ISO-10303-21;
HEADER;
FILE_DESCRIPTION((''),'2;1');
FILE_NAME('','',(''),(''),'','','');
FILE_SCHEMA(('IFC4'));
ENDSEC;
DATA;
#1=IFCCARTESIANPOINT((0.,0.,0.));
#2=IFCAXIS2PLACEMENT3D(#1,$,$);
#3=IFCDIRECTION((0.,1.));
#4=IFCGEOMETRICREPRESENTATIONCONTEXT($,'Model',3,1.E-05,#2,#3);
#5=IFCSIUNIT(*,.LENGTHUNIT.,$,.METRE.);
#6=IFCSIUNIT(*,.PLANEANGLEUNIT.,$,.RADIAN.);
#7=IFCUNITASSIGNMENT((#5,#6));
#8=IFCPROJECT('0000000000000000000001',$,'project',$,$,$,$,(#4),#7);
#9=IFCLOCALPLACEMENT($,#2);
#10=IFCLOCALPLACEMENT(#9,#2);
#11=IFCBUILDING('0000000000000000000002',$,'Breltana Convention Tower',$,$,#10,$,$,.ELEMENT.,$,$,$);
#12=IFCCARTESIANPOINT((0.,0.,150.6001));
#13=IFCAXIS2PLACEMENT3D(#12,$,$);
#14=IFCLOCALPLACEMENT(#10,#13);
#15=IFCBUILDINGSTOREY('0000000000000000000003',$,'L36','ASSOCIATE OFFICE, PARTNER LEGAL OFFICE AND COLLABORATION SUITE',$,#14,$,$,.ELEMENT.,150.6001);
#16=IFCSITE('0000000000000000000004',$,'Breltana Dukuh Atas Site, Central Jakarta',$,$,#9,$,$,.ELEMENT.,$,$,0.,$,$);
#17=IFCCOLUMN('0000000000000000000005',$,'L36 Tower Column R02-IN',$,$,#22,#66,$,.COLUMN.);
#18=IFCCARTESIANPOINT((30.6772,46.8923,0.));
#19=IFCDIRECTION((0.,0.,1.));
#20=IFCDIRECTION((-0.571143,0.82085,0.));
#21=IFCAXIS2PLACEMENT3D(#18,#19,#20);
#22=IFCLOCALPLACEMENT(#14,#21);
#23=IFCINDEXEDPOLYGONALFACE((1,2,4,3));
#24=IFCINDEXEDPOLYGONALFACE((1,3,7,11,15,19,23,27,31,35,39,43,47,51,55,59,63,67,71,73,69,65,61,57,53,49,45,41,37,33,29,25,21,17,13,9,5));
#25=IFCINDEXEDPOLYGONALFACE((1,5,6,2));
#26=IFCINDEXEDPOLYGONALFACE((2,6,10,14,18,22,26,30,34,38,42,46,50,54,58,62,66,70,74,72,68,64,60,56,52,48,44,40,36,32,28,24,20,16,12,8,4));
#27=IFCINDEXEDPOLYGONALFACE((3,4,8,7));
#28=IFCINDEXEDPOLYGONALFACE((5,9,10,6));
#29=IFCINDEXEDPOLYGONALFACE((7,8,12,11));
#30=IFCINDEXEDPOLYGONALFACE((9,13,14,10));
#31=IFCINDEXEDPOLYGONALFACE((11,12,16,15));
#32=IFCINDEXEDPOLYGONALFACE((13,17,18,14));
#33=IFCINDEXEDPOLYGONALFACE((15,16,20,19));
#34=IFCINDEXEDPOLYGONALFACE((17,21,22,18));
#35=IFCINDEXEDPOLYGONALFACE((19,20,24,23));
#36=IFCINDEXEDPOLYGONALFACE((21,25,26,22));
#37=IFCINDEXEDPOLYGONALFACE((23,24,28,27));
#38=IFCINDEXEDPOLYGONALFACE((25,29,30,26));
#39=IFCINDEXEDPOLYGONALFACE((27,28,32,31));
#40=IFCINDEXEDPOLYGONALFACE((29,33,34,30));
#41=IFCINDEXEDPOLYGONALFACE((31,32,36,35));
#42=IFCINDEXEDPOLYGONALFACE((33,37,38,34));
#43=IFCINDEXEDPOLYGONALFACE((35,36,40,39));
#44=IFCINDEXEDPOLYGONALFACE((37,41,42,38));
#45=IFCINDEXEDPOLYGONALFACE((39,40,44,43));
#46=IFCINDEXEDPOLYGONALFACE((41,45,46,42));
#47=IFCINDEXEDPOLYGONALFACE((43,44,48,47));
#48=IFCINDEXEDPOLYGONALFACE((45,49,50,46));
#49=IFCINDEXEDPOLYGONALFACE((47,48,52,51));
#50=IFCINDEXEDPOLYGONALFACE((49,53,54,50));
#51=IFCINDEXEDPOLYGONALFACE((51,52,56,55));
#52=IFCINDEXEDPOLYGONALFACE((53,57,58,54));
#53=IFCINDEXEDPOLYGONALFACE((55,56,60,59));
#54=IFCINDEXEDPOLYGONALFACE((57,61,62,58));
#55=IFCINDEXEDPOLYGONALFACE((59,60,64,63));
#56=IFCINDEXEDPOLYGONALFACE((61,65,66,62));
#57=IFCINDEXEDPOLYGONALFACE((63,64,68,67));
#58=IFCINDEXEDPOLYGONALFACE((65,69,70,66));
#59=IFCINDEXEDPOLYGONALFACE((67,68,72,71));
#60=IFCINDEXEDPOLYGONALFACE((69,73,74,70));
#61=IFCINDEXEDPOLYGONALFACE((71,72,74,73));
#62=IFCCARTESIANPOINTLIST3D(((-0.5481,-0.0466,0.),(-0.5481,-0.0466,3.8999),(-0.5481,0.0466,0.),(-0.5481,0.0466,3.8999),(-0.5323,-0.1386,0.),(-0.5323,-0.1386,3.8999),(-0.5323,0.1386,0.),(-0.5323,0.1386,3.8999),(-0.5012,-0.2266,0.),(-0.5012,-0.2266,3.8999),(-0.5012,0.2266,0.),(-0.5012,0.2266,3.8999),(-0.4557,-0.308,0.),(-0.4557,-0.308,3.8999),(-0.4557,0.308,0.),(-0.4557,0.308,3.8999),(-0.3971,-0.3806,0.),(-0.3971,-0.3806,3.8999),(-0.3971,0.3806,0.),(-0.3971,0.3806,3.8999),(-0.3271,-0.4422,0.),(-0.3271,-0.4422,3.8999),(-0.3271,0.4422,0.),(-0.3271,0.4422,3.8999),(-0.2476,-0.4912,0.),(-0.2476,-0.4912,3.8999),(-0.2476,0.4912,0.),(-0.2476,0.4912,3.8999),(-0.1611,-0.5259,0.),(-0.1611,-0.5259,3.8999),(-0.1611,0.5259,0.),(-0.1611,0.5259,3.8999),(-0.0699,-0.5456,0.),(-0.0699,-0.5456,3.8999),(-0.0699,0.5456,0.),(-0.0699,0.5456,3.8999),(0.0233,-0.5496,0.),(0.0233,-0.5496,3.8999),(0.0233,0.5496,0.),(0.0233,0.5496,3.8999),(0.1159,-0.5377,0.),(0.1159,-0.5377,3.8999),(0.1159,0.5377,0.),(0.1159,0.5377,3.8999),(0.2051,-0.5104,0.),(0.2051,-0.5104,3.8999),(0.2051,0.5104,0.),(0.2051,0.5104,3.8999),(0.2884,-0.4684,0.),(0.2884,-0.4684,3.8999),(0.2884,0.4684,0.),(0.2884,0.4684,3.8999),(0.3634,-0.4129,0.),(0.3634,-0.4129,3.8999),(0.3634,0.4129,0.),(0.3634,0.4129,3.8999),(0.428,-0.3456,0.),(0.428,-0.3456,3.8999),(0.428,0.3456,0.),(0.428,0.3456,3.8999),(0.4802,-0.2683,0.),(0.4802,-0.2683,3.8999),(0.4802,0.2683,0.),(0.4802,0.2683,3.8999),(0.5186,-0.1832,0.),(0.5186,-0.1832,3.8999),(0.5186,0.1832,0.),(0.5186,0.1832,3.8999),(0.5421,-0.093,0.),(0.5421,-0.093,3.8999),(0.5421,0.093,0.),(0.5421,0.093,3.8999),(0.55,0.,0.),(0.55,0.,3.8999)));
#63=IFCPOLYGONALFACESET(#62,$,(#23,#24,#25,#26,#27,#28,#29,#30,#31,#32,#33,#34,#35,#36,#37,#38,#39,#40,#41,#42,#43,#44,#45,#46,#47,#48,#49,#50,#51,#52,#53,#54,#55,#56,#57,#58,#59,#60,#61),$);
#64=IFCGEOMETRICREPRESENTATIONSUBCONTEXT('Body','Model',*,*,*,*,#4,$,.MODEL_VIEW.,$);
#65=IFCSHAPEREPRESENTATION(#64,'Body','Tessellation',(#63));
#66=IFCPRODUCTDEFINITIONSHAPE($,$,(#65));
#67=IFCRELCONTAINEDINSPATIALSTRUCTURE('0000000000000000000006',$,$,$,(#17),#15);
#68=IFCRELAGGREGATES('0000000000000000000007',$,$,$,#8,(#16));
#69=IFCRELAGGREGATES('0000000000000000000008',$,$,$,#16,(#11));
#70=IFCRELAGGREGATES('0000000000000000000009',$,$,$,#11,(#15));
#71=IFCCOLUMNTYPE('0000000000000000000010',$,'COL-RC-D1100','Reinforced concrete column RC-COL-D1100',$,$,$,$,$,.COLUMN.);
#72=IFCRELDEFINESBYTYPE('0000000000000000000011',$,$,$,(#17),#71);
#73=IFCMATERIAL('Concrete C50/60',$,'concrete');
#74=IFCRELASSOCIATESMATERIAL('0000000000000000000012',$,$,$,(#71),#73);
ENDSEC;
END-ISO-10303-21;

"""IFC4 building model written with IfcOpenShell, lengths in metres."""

from ifc_helpers import new_model, si_unit, direction, frame, origin, origin_2d, place, context, subcontext, project, spatial, circle, extrude, source, transform, mapped, material, material_profile, profile_set, type_object, element, save


model = new_model("IFC4")

# Units and contexts
model_context = context("Model", 3, precision=1e-05, world=origin(), true_north=direction((0.0, 1.0)))
body_context = subcontext(model_context, "Body", "Model", "MODEL_VIEW")
ifc_project = project(units=[si_unit("LENGTHUNIT", "METRE"), si_unit("PLANEANGLEUNIT", "RADIAN")], contexts=[model_context])

# Site, building, storey
site_placement = place(None, origin())
site = spatial("IfcSite", under=ifc_project, at=site_placement, Name="Breltana Dukuh Atas Site, Central Jakarta", CompositionType="ELEMENT", RefElevation=0.0)
building_placement = place(site_placement, origin())
building = spatial("IfcBuilding", under=site, at=building_placement, Name="Breltana Convention Tower", CompositionType="ELEMENT")
storey_placement = place(building_placement, frame((0.0, 0.0, 150.6001)))
storey = spatial("IfcBuildingStorey", under=building, at=storey_placement, Name="L36", Description="ASSOCIATE OFFICE, PARTNER LEGAL OFFICE AND COLLABORATION SUITE", CompositionType="ELEMENT", Elevation=150.6001)

# Column
ifc_material_1 = material(Name="Concrete C50/60", Category="concrete")
ifc_material_profile_1 = material_profile(ifc_material_1, circle(Radius=0.55, at=origin_2d()), Name="RC-COL-D1100")
ifc_profile_set_1 = profile_set([ifc_material_profile_1], Name="Concrete C50/60")
column_type = type_object("IfcColumnType", Name="COL-RC-D1100", Description="Reinforced concrete column RC-COL-D1100", PredefinedType="COLUMN", material=ifc_profile_set_1)
shared_shape_1 = source(origin(), body_context, "Body", "SweptSolid", [
    extrude(circle(Radius=0.55, at=origin_2d()), origin(), (0.0, 0.0, 1.0), 3.8999),
])
for number, where, z_axis, x_axis, name in (
    (1, (30.6772, 46.8923, 0.0), (0.0, 0.0, 1.0), (-0.571143, 0.82085, 0.0), "L36 Tower Column R02-IN"),
):
    element("IfcColumn", number, at=place(storey_placement, frame(where, z_axis=z_axis, x_axis=x_axis)), inside=storey, type_object=column_type, Name=name, PredefinedType="COLUMN", context=body_context, shape_type="MappedRepresentation", body=[
        mapped(shared_shape_1, transform((0.0, 0.0, 0.0), scale=1.0)),
    ])

save(model, "model.ifc")
